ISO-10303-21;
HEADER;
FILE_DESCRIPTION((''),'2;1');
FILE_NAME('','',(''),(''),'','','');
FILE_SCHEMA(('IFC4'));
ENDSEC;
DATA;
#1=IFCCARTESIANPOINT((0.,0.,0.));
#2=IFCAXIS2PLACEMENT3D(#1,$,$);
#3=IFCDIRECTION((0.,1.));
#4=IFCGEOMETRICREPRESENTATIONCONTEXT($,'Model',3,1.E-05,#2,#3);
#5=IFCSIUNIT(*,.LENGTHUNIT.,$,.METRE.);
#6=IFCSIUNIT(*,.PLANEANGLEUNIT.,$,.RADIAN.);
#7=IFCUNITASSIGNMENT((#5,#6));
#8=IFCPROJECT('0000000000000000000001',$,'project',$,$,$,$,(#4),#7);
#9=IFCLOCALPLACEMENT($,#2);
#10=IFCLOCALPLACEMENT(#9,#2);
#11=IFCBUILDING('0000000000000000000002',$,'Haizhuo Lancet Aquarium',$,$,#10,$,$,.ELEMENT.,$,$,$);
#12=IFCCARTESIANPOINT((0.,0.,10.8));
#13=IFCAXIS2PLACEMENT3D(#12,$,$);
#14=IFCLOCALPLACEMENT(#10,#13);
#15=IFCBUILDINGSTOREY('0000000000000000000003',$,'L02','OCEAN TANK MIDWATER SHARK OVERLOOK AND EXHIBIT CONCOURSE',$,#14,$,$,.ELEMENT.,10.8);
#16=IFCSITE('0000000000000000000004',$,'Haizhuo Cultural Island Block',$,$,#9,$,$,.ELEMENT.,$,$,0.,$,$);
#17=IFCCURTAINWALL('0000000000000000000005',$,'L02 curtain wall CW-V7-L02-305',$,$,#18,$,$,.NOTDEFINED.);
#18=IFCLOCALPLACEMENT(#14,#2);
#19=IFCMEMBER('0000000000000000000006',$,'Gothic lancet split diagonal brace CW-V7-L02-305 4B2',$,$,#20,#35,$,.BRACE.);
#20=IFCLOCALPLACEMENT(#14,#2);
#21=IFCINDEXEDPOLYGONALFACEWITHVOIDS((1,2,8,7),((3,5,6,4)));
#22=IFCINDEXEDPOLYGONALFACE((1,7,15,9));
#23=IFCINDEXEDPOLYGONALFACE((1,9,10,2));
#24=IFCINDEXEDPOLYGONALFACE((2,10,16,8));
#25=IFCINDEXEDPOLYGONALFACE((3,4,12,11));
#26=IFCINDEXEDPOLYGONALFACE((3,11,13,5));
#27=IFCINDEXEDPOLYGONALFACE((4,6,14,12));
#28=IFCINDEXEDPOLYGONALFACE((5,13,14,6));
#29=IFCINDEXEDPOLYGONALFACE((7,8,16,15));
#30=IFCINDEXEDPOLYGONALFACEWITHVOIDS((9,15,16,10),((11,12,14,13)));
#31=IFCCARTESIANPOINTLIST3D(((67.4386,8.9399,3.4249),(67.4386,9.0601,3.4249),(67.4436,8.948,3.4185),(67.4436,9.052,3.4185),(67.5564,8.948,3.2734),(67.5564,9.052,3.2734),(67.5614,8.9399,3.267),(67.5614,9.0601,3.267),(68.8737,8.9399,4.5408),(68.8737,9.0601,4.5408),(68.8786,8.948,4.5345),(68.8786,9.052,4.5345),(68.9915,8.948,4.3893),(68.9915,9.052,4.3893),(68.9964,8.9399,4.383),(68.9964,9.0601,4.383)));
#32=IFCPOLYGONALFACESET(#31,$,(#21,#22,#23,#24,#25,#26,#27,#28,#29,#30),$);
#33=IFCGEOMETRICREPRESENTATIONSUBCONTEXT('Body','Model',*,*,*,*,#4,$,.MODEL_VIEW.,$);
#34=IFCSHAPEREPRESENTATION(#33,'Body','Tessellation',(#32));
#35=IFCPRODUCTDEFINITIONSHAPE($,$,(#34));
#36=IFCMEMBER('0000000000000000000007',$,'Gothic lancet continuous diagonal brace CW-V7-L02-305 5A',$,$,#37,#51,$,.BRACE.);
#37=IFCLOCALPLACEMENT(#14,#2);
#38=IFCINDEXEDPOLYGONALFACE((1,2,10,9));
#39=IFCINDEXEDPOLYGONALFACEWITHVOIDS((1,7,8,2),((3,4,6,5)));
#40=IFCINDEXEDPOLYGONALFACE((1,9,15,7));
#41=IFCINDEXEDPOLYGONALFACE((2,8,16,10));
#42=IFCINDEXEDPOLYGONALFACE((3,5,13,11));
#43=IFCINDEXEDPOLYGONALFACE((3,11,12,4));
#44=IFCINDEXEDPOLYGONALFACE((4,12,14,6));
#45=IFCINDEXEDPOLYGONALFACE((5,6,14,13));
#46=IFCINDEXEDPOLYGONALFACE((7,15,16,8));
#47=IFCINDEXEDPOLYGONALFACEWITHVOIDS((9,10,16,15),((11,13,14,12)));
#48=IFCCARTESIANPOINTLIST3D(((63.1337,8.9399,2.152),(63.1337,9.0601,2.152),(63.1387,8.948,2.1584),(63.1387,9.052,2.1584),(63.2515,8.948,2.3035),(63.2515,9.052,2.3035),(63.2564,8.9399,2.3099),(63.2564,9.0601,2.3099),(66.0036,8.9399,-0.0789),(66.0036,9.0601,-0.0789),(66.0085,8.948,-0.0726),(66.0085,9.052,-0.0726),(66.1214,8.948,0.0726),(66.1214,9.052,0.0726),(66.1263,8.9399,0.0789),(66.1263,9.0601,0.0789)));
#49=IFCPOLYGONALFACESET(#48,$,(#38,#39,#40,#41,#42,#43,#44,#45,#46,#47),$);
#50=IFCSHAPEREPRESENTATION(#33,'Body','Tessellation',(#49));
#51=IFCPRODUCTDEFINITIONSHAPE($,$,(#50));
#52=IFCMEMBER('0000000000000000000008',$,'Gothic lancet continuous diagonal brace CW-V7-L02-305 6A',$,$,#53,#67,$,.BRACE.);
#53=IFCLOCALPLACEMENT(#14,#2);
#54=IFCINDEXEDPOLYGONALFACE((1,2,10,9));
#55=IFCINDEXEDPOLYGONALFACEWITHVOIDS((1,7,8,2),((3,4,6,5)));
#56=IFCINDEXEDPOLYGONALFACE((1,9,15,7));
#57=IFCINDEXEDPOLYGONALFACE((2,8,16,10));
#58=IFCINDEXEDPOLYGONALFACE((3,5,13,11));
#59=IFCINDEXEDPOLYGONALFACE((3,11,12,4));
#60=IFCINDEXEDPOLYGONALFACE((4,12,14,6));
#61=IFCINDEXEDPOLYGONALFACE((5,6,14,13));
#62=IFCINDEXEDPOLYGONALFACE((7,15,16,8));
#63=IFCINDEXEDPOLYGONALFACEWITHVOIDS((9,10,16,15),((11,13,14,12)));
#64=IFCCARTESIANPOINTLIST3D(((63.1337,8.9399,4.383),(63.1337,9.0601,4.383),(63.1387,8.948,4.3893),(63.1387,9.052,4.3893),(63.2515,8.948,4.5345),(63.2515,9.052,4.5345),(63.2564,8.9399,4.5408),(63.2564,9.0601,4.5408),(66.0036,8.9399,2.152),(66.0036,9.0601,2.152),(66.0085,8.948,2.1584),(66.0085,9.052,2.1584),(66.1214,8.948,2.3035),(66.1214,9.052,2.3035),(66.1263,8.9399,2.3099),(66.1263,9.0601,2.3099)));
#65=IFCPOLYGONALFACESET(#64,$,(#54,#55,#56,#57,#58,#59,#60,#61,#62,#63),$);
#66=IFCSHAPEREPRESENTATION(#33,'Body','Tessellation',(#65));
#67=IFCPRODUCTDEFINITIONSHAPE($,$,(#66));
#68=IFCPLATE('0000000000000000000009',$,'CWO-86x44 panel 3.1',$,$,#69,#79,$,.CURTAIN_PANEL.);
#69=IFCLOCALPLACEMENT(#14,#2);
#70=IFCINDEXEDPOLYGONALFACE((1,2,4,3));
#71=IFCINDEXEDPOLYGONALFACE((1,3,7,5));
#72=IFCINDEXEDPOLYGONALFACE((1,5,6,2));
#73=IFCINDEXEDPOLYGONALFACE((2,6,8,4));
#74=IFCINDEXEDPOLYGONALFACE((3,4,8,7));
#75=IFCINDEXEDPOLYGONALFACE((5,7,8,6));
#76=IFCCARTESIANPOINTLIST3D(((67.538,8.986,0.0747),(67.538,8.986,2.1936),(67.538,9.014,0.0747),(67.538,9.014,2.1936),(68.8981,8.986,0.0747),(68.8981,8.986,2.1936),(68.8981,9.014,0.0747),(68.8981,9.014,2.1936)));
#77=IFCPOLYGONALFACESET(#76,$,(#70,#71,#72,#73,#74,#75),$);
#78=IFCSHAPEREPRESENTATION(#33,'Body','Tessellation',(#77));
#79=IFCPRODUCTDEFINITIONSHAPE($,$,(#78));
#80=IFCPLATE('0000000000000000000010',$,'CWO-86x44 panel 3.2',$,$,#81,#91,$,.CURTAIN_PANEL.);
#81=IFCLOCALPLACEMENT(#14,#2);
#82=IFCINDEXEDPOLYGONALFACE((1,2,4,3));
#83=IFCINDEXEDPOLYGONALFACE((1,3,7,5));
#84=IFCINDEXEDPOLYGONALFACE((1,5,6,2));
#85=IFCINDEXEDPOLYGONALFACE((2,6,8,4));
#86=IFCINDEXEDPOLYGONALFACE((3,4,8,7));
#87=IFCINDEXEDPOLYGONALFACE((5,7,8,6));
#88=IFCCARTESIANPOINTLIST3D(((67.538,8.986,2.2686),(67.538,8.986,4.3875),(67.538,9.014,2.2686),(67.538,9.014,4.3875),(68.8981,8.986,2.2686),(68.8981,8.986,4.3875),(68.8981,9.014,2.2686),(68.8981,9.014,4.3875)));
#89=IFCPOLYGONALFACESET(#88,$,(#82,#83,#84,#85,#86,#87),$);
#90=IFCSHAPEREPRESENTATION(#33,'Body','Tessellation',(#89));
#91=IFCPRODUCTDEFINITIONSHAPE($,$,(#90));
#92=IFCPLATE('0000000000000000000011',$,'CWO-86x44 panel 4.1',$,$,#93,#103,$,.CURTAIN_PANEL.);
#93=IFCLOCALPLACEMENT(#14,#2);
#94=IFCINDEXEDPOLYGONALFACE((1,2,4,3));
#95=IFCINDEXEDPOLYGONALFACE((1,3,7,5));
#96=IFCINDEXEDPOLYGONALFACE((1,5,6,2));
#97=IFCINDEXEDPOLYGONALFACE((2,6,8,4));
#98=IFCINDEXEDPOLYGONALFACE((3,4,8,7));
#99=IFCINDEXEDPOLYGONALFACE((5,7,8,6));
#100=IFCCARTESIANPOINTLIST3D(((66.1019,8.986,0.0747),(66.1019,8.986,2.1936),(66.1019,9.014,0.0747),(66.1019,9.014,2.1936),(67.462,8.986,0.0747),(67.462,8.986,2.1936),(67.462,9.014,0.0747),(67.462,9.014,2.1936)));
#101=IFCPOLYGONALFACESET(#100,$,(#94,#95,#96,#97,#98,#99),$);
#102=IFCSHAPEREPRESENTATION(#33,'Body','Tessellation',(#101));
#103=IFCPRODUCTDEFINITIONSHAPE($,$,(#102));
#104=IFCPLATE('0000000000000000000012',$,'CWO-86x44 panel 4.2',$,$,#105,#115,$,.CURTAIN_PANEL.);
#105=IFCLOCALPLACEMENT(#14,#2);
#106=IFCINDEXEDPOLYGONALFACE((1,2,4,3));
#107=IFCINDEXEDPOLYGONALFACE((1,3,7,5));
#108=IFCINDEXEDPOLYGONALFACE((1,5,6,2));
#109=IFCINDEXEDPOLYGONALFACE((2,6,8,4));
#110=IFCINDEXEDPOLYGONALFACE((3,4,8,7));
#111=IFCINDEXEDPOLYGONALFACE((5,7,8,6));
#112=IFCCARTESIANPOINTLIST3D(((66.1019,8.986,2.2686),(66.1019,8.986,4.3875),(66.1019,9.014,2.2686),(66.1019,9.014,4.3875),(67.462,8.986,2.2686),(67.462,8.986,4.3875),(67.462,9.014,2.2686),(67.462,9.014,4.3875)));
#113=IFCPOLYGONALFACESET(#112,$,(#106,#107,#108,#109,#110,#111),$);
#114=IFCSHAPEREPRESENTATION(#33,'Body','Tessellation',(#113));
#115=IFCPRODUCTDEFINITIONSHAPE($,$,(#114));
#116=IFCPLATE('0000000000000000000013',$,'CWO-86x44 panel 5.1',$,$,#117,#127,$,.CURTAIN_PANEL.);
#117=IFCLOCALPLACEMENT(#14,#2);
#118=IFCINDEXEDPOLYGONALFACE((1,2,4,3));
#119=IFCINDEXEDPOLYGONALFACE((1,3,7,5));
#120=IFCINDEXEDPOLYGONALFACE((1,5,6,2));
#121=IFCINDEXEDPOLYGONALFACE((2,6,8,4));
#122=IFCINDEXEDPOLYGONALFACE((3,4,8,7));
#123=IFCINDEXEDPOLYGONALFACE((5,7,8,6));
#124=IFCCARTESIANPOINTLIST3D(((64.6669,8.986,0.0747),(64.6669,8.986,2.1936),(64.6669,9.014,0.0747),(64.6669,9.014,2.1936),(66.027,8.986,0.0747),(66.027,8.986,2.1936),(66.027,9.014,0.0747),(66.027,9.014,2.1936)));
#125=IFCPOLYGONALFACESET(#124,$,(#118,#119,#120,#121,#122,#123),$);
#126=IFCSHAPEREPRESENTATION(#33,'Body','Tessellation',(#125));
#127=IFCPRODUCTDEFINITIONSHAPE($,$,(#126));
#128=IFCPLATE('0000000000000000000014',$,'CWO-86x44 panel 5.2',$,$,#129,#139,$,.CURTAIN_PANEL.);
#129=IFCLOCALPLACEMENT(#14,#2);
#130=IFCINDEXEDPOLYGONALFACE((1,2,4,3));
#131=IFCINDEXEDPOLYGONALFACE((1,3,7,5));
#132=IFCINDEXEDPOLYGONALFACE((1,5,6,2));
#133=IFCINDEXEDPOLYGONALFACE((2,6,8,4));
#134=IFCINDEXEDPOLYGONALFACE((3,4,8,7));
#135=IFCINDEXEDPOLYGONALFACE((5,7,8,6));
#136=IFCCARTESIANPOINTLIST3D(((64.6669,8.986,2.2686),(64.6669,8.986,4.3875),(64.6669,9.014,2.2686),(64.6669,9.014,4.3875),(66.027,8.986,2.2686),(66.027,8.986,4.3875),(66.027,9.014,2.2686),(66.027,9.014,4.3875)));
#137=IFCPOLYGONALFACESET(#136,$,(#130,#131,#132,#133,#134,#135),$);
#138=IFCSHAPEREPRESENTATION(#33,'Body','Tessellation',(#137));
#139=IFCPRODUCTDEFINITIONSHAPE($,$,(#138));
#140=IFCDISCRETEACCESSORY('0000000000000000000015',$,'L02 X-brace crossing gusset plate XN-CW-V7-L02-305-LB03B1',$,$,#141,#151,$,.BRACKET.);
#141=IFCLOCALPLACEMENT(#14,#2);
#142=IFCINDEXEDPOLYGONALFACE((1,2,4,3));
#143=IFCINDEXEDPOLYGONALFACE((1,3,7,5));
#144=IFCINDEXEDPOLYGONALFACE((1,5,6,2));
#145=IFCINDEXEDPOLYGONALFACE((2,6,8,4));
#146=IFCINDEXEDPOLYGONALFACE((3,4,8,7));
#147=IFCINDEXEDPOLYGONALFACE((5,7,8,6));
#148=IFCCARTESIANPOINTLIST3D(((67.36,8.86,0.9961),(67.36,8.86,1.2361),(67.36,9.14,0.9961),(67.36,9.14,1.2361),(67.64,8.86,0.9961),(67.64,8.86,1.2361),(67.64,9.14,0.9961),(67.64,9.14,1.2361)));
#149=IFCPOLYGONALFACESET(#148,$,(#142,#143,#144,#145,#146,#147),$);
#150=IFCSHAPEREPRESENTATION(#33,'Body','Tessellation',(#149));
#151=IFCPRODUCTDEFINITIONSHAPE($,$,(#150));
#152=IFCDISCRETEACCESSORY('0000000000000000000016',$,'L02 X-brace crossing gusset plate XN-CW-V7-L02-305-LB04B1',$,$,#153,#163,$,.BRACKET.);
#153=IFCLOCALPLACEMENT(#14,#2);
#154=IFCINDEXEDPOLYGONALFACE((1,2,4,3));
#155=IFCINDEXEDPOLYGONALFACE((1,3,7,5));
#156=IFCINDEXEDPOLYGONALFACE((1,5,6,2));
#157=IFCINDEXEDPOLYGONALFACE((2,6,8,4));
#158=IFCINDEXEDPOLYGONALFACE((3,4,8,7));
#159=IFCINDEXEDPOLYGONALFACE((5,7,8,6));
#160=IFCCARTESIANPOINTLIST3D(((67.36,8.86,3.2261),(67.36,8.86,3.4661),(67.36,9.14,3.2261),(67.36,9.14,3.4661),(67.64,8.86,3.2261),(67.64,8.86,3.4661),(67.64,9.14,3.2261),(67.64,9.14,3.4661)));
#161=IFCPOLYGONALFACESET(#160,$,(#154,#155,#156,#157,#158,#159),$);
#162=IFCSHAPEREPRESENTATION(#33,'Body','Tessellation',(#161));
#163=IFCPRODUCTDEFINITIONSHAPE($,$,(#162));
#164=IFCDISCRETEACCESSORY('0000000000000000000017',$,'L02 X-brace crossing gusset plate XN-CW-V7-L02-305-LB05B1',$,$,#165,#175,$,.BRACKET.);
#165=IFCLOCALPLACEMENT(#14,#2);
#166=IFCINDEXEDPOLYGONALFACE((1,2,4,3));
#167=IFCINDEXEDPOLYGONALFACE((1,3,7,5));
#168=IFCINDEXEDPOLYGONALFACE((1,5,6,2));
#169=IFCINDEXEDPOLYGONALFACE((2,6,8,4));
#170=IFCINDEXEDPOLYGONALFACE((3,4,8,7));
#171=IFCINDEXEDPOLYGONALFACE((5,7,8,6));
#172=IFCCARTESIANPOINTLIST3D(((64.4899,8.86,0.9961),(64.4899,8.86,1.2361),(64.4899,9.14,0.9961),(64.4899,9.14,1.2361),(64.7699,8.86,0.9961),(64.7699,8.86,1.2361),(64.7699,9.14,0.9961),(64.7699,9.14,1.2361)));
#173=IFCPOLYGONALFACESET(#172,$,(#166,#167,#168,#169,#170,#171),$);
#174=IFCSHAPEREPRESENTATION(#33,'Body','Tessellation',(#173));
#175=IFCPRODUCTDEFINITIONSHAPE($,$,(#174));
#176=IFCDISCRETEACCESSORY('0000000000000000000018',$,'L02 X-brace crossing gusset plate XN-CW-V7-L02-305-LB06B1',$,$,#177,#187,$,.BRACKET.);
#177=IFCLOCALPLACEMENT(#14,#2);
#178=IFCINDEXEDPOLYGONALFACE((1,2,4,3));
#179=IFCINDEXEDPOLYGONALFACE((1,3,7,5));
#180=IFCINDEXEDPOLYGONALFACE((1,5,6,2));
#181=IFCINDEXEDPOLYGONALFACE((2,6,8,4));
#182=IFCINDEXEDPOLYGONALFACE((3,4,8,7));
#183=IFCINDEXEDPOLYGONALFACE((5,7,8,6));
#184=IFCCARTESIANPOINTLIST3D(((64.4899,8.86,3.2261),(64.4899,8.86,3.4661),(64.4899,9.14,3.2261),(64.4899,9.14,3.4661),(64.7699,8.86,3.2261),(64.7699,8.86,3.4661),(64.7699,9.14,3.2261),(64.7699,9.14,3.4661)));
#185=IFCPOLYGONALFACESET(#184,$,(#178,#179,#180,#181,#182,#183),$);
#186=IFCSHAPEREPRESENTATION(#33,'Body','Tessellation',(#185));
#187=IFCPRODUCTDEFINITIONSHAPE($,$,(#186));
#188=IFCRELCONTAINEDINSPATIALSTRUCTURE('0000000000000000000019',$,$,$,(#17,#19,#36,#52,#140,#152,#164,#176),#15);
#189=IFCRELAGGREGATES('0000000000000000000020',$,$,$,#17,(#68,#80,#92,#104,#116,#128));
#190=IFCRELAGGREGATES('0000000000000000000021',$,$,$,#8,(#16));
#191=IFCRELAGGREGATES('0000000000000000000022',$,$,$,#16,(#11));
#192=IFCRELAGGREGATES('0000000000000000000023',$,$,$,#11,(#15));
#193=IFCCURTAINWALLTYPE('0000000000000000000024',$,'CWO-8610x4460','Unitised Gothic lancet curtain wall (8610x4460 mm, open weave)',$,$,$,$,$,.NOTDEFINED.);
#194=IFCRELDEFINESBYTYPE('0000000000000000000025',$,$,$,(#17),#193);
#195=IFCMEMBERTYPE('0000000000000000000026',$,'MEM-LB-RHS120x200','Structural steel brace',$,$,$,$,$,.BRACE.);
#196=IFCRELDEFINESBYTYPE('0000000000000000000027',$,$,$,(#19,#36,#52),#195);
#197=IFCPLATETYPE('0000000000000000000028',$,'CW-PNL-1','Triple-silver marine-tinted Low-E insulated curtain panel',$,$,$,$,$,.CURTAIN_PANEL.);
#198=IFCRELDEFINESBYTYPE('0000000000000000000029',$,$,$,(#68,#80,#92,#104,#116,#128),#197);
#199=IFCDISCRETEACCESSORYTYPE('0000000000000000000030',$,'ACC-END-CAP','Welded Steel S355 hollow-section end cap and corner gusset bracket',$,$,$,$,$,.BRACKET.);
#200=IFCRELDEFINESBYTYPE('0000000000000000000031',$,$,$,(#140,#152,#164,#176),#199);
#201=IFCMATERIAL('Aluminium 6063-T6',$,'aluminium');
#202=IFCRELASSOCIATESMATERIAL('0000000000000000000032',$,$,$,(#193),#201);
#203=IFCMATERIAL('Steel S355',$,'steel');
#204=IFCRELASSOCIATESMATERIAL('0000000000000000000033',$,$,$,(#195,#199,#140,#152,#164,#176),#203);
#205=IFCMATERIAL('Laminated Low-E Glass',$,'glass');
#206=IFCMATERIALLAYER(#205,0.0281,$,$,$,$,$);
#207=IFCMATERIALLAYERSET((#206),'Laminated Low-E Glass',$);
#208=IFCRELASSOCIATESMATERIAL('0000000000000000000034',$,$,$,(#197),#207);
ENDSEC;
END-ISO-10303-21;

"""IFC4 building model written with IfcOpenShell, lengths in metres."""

from ifc_helpers import new_model, si_unit, direction, frame, origin, origin_2d, place, context, subcontext, project, spatial, rectangle, hollow_rectangle, extrude, material, layer, layer_set, material_profile, profile_set, type_object, element, aggregate, save


model = new_model("IFC4")

# Units and contexts
model_context = context("Model", 3, precision=1e-05, world=origin(), true_north=direction((0.0, 1.0)))
body_context = subcontext(model_context, "Body", "Model", "MODEL_VIEW")
ifc_project = project(units=[si_unit("LENGTHUNIT", "METRE"), si_unit("PLANEANGLEUNIT", "RADIAN")], contexts=[model_context])

# Site, building, storey
site_placement = place(None, origin())
site = spatial("IfcSite", under=ifc_project, at=site_placement, Name="Haizhuo Cultural Island Block", CompositionType="ELEMENT", RefElevation=0.0)
building_placement = place(site_placement, origin())
building = spatial("IfcBuilding", under=site, at=building_placement, Name="Haizhuo Lancet Aquarium", CompositionType="ELEMENT")
storey_placement = place(building_placement, frame((0.0, 0.0, 10.8)))
storey = spatial("IfcBuildingStorey", under=building, at=storey_placement, Name="L02", Description="OCEAN TANK MIDWATER SHARK OVERLOOK AND EXHIBIT CONCOURSE", CompositionType="ELEMENT", Elevation=10.8)

# Curtain wall
ifc_material_1 = material(Name="Aluminium 6063-T6", Category="aluminium")
curtain_wall_type = type_object("IfcCurtainWallType", Name="CWO-8610x4460", Description="Unitised Gothic lancet curtain wall (8610x4460 mm, open weave)", PredefinedType="NOTDEFINED", material=ifc_material_1)
curtain_wall_placement = place(storey_placement, origin())
curtain_wall = element("IfcCurtainWall", 1, at=curtain_wall_placement, inside=storey, type_object=curtain_wall_type, Name="L02 curtain wall CW-V7-L02-305", PredefinedType="NOTDEFINED")

# Members
ifc_material_2 = material(Name="Steel S355", Category="steel")
ifc_material_profile_1 = material_profile(ifc_material_2, hollow_rectangle(XDim=0.1201, YDim=0.2, WallThickness=0.0081, at=origin_2d()), Name="RHS 120x200x8")
ifc_profile_set_1 = profile_set([ifc_material_profile_1], Name="Steel S355")
member_type_1 = type_object("IfcMemberType", Name="MEM-LB-RHS120x200", Description="Structural steel brace", PredefinedType="BRACE", material=ifc_profile_set_1)
member_1_placement = place(storey_placement, frame((67.5, 9.0, 3.3459), z_axis=(0.789403, 0.0, 0.613876), x_axis=(0.0, 1.0, 0.0)))
element("IfcMember", 2, at=member_1_placement, inside=storey, type_object=member_type_1, Name="Gothic lancet split diagonal brace CW-V7-L02-305 4B2", PredefinedType="BRACE", context=body_context, shape_type="SweptSolid", body=[
    extrude(hollow_rectangle(XDim=0.1201, YDim=0.2, WallThickness=0.0081, at=origin_2d()), origin(), (0.0, 0.0, 1.0), 1.8179),
])
for number, where, z_axis, x_axis, name in (
    (3, (66.0649, 9.0, 0.0), (-0.789508, 0.0, 0.613741), (0.0, -1.0, 0.0), "Gothic lancet continuous diagonal brace CW-V7-L02-305 5A"),
    (4, (66.0649, 9.0, 2.231), (-0.789508, 0.0, 0.613741), (0.0, -1.0, 0.0), "Gothic lancet continuous diagonal brace CW-V7-L02-305 6A"),
):
    element("IfcMember", number, at=place(storey_placement, frame(where, z_axis=z_axis, x_axis=x_axis)), inside=storey, type_object=member_type_1, Name=name, PredefinedType="BRACE", context=body_context, shape_type="SweptSolid", body=[
        extrude(hollow_rectangle(XDim=0.1201, YDim=0.2, WallThickness=0.0081, at=origin_2d()), origin(), (0.0, 0.0, 1.0), 3.635),
    ])

# Plates
ifc_material_3 = material(Name="Laminated Low-E Glass", Category="glass")
ifc_layer = layer(ifc_material_3, 0.0281)
ifc_layer_set = layer_set([ifc_layer], Name="Laminated Low-E Glass")
plate_type = type_object("IfcPlateType", Name="CW-PNL-1", Description="Triple-silver marine-tinted Low-E insulated curtain panel", PredefinedType="CURTAIN_PANEL", material=ifc_layer_set)
plate_1_placement = place(storey_placement, frame((68.218, 9.0, 0.0747), z_axis=(0.0, 0.0, 1.0), x_axis=(-1.0, 0.0, 0.0)))
plate_1 = element("IfcPlate", 5, at=plate_1_placement, type_object=plate_type, Name="CWO-86x44 panel 3.1", PredefinedType="CURTAIN_PANEL", context=body_context, shape_type="SweptSolid", body=[
    extrude(rectangle(XDim=1.3601, YDim=0.0281, at=origin_2d()), origin(), (0.0, 0.0, 1.0), 2.1189),
])
plate_2_placement = place(storey_placement, frame((68.218, 9.0, 2.2686), z_axis=(0.0, 0.0, 1.0), x_axis=(-1.0, 0.0, 0.0)))
plate_2 = element("IfcPlate", 6, at=plate_2_placement, type_object=plate_type, Name="CWO-86x44 panel 3.2", PredefinedType="CURTAIN_PANEL", context=body_context, shape_type="SweptSolid", body=[
    extrude(rectangle(XDim=1.3601, YDim=0.0281, at=origin_2d()), origin(), (0.0, 0.0, 1.0), 2.1189),
])
plate_3_placement = place(storey_placement, frame((66.782, 9.0, 0.0747), z_axis=(0.0, 0.0, 1.0), x_axis=(-1.0, 0.0, 0.0)))
plate_3 = element("IfcPlate", 7, at=plate_3_placement, type_object=plate_type, Name="CWO-86x44 panel 4.1", PredefinedType="CURTAIN_PANEL", context=body_context, shape_type="SweptSolid", body=[
    extrude(rectangle(XDim=1.3601, YDim=0.0281, at=origin_2d()), origin(), (0.0, 0.0, 1.0), 2.1189),
])
plate_4_placement = place(storey_placement, frame((66.782, 9.0, 2.2686), z_axis=(0.0, 0.0, 1.0), x_axis=(-1.0, 0.0, 0.0)))
plate_4 = element("IfcPlate", 8, at=plate_4_placement, type_object=plate_type, Name="CWO-86x44 panel 4.2", PredefinedType="CURTAIN_PANEL", context=body_context, shape_type="SweptSolid", body=[
    extrude(rectangle(XDim=1.3601, YDim=0.0281, at=origin_2d()), origin(), (0.0, 0.0, 1.0), 2.1189),
])
plate_5_placement = place(storey_placement, frame((65.3469, 9.0, 0.0747), z_axis=(0.0, 0.0, 1.0), x_axis=(-1.0, 0.0, 0.0)))
plate_5 = element("IfcPlate", 9, at=plate_5_placement, type_object=plate_type, Name="CWO-86x44 panel 5.1", PredefinedType="CURTAIN_PANEL", context=body_context, shape_type="SweptSolid", body=[
    extrude(rectangle(XDim=1.3601, YDim=0.0281, at=origin_2d()), origin(), (0.0, 0.0, 1.0), 2.1189),
])
plate_6_placement = place(storey_placement, frame((65.3469, 9.0, 2.2686), z_axis=(0.0, 0.0, 1.0), x_axis=(-1.0, 0.0, 0.0)))
plate_6 = element("IfcPlate", 10, at=plate_6_placement, type_object=plate_type, Name="CWO-86x44 panel 5.2", PredefinedType="CURTAIN_PANEL", context=body_context, shape_type="SweptSolid", body=[
    extrude(rectangle(XDim=1.3601, YDim=0.0281, at=origin_2d()), origin(), (0.0, 0.0, 1.0), 2.1189),
])
aggregate(curtain_wall, [plate_1, plate_2, plate_3, plate_4, plate_5, plate_6])

# Discrete accessories
discrete_accessory_type = type_object("IfcDiscreteAccessoryType", Name="ACC-END-CAP", Description="Welded Steel S355 hollow-section end cap and corner gusset bracket", PredefinedType="BRACKET", material=ifc_material_2)
for number, where, z_axis, x_axis, name in (
    (11, (67.5, 9.0, 0.9961), (0.0, 0.0, 1.0), (1.0, 0.0, 0.0), "L02 X-brace crossing gusset plate XN-CW-V7-L02-305-LB03B1"),
    (12, (67.5, 9.0, 3.2261), (0.0, 0.0, 1.0), (1.0, 0.0, 0.0), "L02 X-brace crossing gusset plate XN-CW-V7-L02-305-LB04B1"),
    (13, (64.6299, 9.0, 0.9961), (0.0, 0.0, 1.0), (1.0, 0.0, 0.0), "L02 X-brace crossing gusset plate XN-CW-V7-L02-305-LB05B1"),
    (14, (64.6299, 9.0, 3.2261), (0.0, 0.0, 1.0), (1.0, 0.0, 0.0), "L02 X-brace crossing gusset plate XN-CW-V7-L02-305-LB06B1"),
):
    element("IfcDiscreteAccessory", number, at=place(storey_placement, frame(where, z_axis=z_axis, x_axis=x_axis)), inside=storey, type_object=discrete_accessory_type, material=ifc_material_2, Name=name, PredefinedType="BRACKET", context=body_context, shape_type="SweptSolid", body=[
        extrude(rectangle(XDim=0.28, YDim=0.28, at=origin_2d()), origin(), (0.0, 0.0, 1.0), 0.24),
    ])

save(model, "model.ifc")
